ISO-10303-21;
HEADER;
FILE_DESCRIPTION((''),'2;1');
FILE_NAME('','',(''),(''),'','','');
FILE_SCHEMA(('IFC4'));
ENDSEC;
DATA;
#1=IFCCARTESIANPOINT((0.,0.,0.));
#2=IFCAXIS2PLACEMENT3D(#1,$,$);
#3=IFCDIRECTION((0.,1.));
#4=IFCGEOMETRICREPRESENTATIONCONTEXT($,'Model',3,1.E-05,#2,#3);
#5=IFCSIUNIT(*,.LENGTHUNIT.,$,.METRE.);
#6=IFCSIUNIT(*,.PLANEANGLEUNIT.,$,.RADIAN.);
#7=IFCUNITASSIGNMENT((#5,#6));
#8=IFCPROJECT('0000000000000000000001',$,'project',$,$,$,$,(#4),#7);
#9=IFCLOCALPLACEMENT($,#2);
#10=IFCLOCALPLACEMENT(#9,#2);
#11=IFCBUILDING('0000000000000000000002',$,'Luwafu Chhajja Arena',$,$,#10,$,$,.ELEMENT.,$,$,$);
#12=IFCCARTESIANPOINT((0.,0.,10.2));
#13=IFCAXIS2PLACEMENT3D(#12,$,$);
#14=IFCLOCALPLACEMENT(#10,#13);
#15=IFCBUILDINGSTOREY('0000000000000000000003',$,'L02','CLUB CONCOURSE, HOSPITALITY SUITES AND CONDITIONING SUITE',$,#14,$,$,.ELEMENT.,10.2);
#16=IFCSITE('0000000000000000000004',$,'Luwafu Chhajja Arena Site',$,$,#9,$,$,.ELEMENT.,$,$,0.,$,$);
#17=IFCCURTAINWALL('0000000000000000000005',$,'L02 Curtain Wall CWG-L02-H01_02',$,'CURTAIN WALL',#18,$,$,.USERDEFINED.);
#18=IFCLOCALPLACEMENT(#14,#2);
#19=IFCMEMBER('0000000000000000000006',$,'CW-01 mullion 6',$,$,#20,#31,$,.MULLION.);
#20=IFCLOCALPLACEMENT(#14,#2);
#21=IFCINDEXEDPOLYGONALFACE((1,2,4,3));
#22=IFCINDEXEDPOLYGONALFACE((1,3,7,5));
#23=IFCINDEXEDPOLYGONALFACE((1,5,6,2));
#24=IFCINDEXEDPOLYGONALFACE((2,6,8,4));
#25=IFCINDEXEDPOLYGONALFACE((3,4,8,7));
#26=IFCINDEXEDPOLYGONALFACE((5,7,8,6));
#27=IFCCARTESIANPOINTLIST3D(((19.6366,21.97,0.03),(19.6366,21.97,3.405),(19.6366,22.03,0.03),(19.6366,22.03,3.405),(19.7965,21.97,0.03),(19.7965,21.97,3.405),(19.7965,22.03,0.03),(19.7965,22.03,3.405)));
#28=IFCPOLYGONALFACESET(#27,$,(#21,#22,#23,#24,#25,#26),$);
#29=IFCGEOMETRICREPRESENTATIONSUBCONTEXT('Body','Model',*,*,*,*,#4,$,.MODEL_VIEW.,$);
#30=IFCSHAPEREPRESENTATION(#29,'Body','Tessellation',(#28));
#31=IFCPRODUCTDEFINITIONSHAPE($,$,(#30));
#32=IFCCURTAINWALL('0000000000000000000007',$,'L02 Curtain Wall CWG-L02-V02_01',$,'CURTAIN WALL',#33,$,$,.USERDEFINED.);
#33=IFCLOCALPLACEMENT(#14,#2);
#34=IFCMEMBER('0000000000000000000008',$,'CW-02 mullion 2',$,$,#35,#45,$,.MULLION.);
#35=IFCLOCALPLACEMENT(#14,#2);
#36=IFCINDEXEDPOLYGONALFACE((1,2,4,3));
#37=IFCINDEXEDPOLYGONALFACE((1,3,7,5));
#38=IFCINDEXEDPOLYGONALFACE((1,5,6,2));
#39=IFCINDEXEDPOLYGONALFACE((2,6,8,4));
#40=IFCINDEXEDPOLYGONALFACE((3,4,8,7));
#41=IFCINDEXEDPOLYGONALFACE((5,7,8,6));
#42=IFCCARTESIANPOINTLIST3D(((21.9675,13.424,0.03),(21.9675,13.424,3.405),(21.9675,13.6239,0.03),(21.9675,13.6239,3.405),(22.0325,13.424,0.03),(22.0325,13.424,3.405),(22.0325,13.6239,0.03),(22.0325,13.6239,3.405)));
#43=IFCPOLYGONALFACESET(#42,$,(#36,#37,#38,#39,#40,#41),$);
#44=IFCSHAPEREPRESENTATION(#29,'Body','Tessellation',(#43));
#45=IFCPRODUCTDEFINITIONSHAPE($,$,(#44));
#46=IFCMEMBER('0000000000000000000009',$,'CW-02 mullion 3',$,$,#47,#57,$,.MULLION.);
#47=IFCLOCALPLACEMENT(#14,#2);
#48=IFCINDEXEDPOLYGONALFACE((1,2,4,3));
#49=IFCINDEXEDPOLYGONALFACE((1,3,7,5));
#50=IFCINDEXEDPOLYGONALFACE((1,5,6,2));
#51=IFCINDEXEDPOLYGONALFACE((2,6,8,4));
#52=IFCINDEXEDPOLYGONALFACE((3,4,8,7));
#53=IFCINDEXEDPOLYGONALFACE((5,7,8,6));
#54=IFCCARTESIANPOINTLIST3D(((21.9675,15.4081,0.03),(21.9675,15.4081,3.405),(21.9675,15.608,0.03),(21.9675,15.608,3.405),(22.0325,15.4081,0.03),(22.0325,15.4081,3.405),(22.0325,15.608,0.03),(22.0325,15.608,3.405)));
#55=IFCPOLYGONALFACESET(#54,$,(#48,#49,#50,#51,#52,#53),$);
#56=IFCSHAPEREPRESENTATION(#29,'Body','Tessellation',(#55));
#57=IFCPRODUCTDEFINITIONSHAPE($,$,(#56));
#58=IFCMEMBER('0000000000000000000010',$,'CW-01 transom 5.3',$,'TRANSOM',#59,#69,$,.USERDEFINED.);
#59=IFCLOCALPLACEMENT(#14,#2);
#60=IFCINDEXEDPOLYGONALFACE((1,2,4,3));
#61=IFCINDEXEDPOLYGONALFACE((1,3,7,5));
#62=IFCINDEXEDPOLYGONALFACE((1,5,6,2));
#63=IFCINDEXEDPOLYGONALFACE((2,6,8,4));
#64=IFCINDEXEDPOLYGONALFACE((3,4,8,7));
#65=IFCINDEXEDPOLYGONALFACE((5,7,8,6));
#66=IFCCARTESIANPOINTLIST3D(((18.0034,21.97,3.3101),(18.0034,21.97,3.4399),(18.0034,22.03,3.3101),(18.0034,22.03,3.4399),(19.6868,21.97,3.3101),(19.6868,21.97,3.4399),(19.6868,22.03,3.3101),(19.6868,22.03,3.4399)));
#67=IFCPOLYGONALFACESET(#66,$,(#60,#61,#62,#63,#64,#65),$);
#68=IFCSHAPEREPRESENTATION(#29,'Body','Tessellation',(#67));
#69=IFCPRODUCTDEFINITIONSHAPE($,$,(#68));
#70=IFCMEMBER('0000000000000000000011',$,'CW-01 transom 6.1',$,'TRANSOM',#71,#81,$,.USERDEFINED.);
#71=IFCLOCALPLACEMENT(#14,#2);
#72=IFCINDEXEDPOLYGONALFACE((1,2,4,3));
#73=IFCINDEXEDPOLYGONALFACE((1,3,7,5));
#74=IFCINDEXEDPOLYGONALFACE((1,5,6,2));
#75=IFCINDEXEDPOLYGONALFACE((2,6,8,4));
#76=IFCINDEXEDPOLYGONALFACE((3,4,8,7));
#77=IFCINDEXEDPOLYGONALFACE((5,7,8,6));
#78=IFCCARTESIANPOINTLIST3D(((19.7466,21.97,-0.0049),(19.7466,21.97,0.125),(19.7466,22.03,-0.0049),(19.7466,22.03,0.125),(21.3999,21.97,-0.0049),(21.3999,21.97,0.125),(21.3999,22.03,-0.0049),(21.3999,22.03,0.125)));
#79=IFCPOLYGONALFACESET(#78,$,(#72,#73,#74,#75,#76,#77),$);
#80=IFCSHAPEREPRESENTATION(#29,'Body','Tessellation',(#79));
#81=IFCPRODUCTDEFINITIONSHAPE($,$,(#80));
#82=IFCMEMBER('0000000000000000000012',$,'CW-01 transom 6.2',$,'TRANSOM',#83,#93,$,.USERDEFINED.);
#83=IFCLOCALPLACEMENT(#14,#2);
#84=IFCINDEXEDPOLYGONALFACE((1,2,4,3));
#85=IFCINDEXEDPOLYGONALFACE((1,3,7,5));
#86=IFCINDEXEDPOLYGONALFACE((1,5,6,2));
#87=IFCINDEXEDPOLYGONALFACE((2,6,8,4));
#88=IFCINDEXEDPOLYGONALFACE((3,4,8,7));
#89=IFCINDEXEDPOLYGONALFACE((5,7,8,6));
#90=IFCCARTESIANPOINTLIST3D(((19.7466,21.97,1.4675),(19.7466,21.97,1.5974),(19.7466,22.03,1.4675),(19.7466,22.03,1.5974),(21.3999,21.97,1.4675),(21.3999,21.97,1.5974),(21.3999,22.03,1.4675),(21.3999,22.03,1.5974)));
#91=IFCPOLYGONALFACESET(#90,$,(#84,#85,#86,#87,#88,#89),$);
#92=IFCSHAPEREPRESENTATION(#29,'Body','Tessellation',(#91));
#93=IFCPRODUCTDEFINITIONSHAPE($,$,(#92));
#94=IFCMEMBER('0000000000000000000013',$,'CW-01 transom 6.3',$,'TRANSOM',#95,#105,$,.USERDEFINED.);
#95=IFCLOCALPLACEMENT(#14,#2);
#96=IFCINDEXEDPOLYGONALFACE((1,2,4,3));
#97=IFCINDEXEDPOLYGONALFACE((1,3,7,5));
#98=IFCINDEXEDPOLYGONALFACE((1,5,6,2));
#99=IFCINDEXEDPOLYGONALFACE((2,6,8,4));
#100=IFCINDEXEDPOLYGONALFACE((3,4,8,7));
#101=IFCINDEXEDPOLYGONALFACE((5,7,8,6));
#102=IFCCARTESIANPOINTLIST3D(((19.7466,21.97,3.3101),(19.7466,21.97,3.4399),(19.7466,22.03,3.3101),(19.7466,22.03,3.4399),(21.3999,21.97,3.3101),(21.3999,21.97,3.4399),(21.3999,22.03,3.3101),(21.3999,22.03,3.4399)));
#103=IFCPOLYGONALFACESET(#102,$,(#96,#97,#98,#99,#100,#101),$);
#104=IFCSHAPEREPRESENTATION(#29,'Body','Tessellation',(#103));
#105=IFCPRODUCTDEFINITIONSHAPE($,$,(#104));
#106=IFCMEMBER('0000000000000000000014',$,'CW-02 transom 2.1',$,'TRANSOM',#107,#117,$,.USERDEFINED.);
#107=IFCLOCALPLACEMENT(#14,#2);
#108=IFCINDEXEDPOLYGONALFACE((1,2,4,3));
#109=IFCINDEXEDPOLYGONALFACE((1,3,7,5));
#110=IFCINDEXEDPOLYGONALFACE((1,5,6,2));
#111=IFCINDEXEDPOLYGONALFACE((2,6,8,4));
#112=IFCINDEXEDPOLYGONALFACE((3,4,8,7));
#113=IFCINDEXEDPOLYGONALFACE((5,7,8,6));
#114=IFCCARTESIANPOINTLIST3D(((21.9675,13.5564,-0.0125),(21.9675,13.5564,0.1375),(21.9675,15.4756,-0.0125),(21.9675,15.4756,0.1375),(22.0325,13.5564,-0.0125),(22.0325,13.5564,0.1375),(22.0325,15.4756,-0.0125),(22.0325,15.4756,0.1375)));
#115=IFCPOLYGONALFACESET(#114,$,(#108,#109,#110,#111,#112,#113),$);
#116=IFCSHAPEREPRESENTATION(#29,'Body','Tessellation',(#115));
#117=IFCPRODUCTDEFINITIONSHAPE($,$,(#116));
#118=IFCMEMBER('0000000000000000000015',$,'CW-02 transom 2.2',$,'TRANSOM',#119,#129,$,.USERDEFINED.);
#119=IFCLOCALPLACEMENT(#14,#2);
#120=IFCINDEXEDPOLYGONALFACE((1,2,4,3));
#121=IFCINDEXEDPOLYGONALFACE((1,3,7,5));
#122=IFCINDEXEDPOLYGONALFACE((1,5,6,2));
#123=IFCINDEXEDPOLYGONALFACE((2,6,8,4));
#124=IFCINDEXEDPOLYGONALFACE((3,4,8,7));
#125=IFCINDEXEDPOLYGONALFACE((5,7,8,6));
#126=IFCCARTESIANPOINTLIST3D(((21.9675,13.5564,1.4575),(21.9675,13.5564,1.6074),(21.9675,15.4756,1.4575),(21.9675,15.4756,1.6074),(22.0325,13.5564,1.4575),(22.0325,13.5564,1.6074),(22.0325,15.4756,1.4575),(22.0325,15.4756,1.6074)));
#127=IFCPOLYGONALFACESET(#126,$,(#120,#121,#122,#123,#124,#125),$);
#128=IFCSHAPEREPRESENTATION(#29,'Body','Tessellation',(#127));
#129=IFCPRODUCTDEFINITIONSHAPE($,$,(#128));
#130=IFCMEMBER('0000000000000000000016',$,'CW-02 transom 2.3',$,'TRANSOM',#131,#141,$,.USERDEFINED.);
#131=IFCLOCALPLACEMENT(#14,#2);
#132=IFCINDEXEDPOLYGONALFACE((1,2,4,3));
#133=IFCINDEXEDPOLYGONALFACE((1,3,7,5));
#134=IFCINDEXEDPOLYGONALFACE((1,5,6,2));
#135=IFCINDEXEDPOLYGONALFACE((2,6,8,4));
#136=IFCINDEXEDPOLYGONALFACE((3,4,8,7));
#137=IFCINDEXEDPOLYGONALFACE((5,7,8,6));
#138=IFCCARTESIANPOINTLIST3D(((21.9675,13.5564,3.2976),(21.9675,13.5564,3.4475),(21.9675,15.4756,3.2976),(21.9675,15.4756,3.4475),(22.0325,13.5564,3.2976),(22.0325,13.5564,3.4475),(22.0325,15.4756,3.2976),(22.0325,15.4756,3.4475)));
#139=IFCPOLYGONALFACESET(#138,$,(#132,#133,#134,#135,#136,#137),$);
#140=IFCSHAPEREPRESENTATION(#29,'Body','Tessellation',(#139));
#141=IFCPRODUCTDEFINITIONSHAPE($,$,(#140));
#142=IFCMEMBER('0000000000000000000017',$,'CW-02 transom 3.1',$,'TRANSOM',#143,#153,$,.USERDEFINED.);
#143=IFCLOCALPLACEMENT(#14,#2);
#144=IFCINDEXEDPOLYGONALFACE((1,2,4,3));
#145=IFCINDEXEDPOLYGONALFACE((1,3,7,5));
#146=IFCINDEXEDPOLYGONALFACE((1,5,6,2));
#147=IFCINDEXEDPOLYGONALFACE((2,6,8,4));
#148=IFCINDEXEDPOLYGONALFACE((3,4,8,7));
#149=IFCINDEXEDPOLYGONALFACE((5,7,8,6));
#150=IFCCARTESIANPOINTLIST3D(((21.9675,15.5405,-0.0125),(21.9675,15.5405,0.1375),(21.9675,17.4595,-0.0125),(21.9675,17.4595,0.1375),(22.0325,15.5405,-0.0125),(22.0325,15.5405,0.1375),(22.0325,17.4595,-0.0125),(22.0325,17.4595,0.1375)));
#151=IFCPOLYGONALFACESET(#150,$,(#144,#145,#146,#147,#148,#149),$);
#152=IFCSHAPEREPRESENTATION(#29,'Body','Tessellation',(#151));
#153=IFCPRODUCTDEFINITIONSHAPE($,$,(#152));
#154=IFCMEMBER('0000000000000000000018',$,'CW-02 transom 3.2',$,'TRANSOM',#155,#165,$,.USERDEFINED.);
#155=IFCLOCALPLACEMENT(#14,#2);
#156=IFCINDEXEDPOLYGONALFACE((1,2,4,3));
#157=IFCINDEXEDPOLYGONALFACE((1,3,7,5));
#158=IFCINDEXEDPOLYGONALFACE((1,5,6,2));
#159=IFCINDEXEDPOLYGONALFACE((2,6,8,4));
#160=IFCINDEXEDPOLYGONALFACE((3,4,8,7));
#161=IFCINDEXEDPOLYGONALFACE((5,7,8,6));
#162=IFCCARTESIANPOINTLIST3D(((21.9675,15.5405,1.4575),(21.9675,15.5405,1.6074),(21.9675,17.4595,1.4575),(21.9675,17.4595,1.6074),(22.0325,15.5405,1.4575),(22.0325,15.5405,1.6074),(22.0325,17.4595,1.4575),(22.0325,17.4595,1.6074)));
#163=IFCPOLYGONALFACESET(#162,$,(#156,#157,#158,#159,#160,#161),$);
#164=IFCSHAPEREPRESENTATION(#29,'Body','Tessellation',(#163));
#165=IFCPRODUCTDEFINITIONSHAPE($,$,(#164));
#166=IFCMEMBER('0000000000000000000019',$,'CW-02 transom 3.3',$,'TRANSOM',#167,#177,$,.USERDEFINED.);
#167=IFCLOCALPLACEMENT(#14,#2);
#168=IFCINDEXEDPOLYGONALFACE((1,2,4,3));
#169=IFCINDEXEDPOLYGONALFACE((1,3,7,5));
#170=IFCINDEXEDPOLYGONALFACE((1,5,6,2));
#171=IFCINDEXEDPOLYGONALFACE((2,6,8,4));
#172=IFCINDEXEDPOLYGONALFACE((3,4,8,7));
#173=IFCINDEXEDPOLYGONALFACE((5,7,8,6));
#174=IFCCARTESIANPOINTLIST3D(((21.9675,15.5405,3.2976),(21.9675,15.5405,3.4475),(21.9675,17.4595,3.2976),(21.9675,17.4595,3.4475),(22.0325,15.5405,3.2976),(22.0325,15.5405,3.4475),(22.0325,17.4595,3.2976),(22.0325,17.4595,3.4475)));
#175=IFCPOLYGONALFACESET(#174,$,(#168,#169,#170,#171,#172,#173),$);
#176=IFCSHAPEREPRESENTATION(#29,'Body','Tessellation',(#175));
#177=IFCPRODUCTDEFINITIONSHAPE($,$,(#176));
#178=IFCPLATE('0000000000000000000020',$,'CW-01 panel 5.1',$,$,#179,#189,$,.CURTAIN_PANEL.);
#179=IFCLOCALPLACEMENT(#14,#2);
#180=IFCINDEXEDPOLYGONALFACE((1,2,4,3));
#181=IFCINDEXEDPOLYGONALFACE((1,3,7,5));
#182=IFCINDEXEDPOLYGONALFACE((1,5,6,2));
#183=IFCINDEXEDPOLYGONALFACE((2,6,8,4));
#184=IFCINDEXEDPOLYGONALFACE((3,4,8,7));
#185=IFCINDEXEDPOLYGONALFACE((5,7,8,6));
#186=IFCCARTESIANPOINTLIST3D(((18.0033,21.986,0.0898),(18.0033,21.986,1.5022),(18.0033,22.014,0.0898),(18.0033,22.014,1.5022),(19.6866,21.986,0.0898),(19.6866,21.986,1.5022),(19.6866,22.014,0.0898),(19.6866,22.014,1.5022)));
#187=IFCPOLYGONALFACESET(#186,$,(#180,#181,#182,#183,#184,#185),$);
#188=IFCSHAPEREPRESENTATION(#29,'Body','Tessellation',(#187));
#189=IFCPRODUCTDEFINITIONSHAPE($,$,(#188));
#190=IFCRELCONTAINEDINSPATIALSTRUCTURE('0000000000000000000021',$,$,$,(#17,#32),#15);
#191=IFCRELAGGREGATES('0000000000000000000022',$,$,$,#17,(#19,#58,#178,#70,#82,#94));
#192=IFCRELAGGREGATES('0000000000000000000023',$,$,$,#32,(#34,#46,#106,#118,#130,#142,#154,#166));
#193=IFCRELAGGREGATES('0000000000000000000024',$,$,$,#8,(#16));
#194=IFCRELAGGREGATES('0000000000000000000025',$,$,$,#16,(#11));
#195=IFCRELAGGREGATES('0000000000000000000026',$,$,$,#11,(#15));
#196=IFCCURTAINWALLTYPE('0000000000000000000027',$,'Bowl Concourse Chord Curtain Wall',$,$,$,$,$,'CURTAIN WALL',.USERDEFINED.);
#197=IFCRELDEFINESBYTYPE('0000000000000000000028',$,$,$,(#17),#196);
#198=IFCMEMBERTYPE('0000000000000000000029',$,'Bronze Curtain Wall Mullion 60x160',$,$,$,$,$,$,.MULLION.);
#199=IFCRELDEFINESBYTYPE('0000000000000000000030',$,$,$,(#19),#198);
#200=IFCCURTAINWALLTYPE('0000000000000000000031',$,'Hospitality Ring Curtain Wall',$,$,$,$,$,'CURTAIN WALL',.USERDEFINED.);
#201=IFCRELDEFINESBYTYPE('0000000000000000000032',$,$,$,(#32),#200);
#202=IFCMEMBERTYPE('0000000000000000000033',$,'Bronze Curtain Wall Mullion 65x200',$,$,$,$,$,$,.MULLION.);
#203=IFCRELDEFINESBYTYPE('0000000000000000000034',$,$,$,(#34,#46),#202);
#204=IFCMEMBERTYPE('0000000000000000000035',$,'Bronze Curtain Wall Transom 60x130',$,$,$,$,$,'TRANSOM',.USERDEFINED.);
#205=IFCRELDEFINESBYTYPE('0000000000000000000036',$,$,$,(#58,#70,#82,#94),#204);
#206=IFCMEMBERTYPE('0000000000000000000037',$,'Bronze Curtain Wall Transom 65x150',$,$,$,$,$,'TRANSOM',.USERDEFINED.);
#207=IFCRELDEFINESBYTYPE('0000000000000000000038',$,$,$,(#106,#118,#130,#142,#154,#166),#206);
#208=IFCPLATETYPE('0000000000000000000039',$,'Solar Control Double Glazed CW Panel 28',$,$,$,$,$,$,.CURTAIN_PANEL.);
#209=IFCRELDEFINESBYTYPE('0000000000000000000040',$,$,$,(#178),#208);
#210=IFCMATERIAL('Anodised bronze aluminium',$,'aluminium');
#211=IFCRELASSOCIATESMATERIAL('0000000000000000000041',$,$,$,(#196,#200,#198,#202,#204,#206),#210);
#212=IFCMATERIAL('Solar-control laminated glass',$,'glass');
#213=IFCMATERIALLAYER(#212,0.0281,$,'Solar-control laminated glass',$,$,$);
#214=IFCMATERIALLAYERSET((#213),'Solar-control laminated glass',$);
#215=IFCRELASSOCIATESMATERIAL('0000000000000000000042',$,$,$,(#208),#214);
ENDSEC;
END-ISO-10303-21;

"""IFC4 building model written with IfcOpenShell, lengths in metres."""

from ifc_helpers import new_model, si_unit, direction, frame, origin, origin_2d, place, context, subcontext, project, spatial, rectangle, extrude, material, layer, layer_set, material_profile, profile_set, type_object, element, aggregate, save


model = new_model("IFC4")

# Units and contexts
model_context = context("Model", 3, precision=1e-05, world=origin(), true_north=direction((0.0, 1.0)))
body_context = subcontext(model_context, "Body", "Model", "MODEL_VIEW")
ifc_project = project(units=[si_unit("LENGTHUNIT", "METRE"), si_unit("PLANEANGLEUNIT", "RADIAN")], contexts=[model_context])

# Site, building, storey
site_placement = place(None, origin())
site = spatial("IfcSite", under=ifc_project, at=site_placement, Name="Luwafu Chhajja Arena Site", CompositionType="ELEMENT", RefElevation=0.0)
building_placement = place(site_placement, origin())
building = spatial("IfcBuilding", under=site, at=building_placement, Name="Luwafu Chhajja Arena", CompositionType="ELEMENT")
storey_placement = place(building_placement, frame((0.0, 0.0, 10.2)))
storey = spatial("IfcBuildingStorey", under=building, at=storey_placement, Name="L02", Description="CLUB CONCOURSE, HOSPITALITY SUITES AND CONDITIONING SUITE", CompositionType="ELEMENT", Elevation=10.2)

# Curtain wall, member
ifc_material_1 = material(Name="Anodised bronze aluminium", Category="aluminium")
curtain_wall_type_1 = type_object("IfcCurtainWallType", Name="Bowl Concourse Chord Curtain Wall", ElementType="CURTAIN WALL", PredefinedType="USERDEFINED", material=ifc_material_1)
curtain_wall_1_placement = place(storey_placement, origin())
curtain_wall_1 = element("IfcCurtainWall", 1, at=curtain_wall_1_placement, inside=storey, type_object=curtain_wall_type_1, Name="L02 Curtain Wall CWG-L02-H01_02", ObjectType="CURTAIN WALL", PredefinedType="USERDEFINED")
ifc_material_profile_1 = material_profile(ifc_material_1, rectangle(XDim=0.0601, YDim=0.1599, at=origin_2d()), Name="CWM 60x160")
ifc_profile_set_1 = profile_set([ifc_material_profile_1], Name="Anodised bronze aluminium")
member_type_1 = type_object("IfcMemberType", Name="Bronze Curtain Wall Mullion 60x160", PredefinedType="MULLION", material=ifc_profile_set_1)
member_1_placement = place(storey_placement, frame((19.7166, 22.0, 0.03), z_axis=(0.0, 0.0, 1.0), x_axis=(0.0, 1.0, 0.0)))
member_1 = element("IfcMember", 2, at=member_1_placement, type_object=member_type_1, Name="CW-01 mullion 6", PredefinedType="MULLION", context=body_context, shape_type="SweptSolid", body=[
    extrude(rectangle(XDim=0.0601, YDim=0.1599, at=origin_2d()), origin(), (0.0, 0.0, 1.0), 3.375),
])

# Curtain wall, members
curtain_wall_type_2 = type_object("IfcCurtainWallType", Name="Hospitality Ring Curtain Wall", ElementType="CURTAIN WALL", PredefinedType="USERDEFINED", material=ifc_material_1)
curtain_wall_2_placement = place(storey_placement, origin())
curtain_wall_2 = element("IfcCurtainWall", 3, at=curtain_wall_2_placement, inside=storey, type_object=curtain_wall_type_2, Name="L02 Curtain Wall CWG-L02-V02_01", ObjectType="CURTAIN WALL", PredefinedType="USERDEFINED")
ifc_material_profile_2 = material_profile(ifc_material_1, rectangle(XDim=0.0649, YDim=0.2, at=origin_2d()), Name="CWM 65x200")
ifc_profile_set_2 = profile_set([ifc_material_profile_2], Name="Anodised bronze aluminium")
member_type_2 = type_object("IfcMemberType", Name="Bronze Curtain Wall Mullion 65x200", PredefinedType="MULLION", material=ifc_profile_set_2)
member_2_placement = place(storey_placement, frame((22.0, 13.5239, 0.03), z_axis=(0.0, 0.0, 1.0), x_axis=(-1.0, 0.0, 0.0)))
member_2 = element("IfcMember", 4, at=member_2_placement, type_object=member_type_2, Name="CW-02 mullion 2", PredefinedType="MULLION", context=body_context, shape_type="SweptSolid", body=[
    extrude(rectangle(XDim=0.0649, YDim=0.2, at=origin_2d()), origin(), (0.0, 0.0, 1.0), 3.375),
])
member_3_placement = place(storey_placement, frame((22.0, 15.5081, 0.03), z_axis=(0.0, 0.0, 1.0), x_axis=(-1.0, 0.0, 0.0)))
member_3 = element("IfcMember", 5, at=member_3_placement, type_object=member_type_2, Name="CW-02 mullion 3", PredefinedType="MULLION", context=body_context, shape_type="SweptSolid", body=[
    extrude(rectangle(XDim=0.0649, YDim=0.2, at=origin_2d()), origin(), (0.0, 0.0, 1.0), 3.375),
])

# Members
ifc_material_profile_3 = material_profile(ifc_material_1, rectangle(XDim=0.0601, YDim=0.1299, at=origin_2d()), Name="CWT 60x130")
ifc_profile_set_3 = profile_set([ifc_material_profile_3], Name="Anodised bronze aluminium")
member_type_3 = type_object("IfcMemberType", Name="Bronze Curtain Wall Transom 60x130", ElementType="TRANSOM", PredefinedType="USERDEFINED", material=ifc_profile_set_3)
member_4_placement = place(storey_placement, frame((18.0034, 22.0, 3.375), z_axis=(1.0, 0.0, 0.0), x_axis=(0.0, 1.0, 0.0)))
member_4 = element("IfcMember", 6, at=member_4_placement, type_object=member_type_3, Name="CW-01 transom 5.3", ObjectType="TRANSOM", PredefinedType="USERDEFINED", context=body_context, shape_type="SweptSolid", body=[
    extrude(rectangle(XDim=0.0601, YDim=0.1299, at=origin_2d()), origin(), (0.0, 0.0, 1.0), 1.6833),
])
member_5_placement = place(storey_placement, frame((19.7466, 22.0, 0.0601), z_axis=(1.0, 0.0, 0.0), x_axis=(0.0, 1.0, 0.0)))
member_5 = element("IfcMember", 7, at=member_5_placement, type_object=member_type_3, Name="CW-01 transom 6.1", ObjectType="TRANSOM", PredefinedType="USERDEFINED", context=body_context, shape_type="SweptSolid", body=[
    extrude(rectangle(XDim=0.0601, YDim=0.1299, at=origin_2d()), origin(), (0.0, 0.0, 1.0), 1.6533),
])
member_6_placement = place(storey_placement, frame((19.7466, 22.0, 1.5325), z_axis=(1.0, 0.0, 0.0), x_axis=(0.0, 1.0, 0.0)))
member_6 = element("IfcMember", 8, at=member_6_placement, type_object=member_type_3, Name="CW-01 transom 6.2", ObjectType="TRANSOM", PredefinedType="USERDEFINED", context=body_context, shape_type="SweptSolid", body=[
    extrude(rectangle(XDim=0.0601, YDim=0.1299, at=origin_2d()), origin(), (0.0, 0.0, 1.0), 1.6533),
])
member_7_placement = place(storey_placement, frame((19.7466, 22.0, 3.375), z_axis=(1.0, 0.0, 0.0), x_axis=(0.0, 1.0, 0.0)))
member_7 = element("IfcMember", 9, at=member_7_placement, type_object=member_type_3, Name="CW-01 transom 6.3", ObjectType="TRANSOM", PredefinedType="USERDEFINED", context=body_context, shape_type="SweptSolid", body=[
    extrude(rectangle(XDim=0.0601, YDim=0.1299, at=origin_2d()), origin(), (0.0, 0.0, 1.0), 1.6533),
])
ifc_material_profile_4 = material_profile(ifc_material_1, rectangle(XDim=0.0649, YDim=0.1499, at=origin_2d()), Name="CWT 65x150")
ifc_profile_set_4 = profile_set([ifc_material_profile_4], Name="Anodised bronze aluminium")
member_type_4 = type_object("IfcMemberType", Name="Bronze Curtain Wall Transom 65x150", ElementType="TRANSOM", PredefinedType="USERDEFINED", material=ifc_profile_set_4)
member_8_placement = place(storey_placement, frame((22.0, 13.5564, 0.0625), z_axis=(0.0, 1.0, 0.0), x_axis=(-1.0, 0.0, 0.0)))
member_8 = element("IfcMember", 10, at=member_8_placement, type_object=member_type_4, Name="CW-02 transom 2.1", ObjectType="TRANSOM", PredefinedType="USERDEFINED", context=body_context, shape_type="SweptSolid", body=[
    extrude(rectangle(XDim=0.0649, YDim=0.1499, at=origin_2d()), origin(), (0.0, 0.0, 1.0), 1.9192),
])
member_9_placement = place(storey_placement, frame((22.0, 13.5564, 1.5325), z_axis=(0.0, 1.0, 0.0), x_axis=(-1.0, 0.0, 0.0)))
member_9 = element("IfcMember", 11, at=member_9_placement, type_object=member_type_4, Name="CW-02 transom 2.2", ObjectType="TRANSOM", PredefinedType="USERDEFINED", context=body_context, shape_type="SweptSolid", body=[
    extrude(rectangle(XDim=0.0649, YDim=0.1499, at=origin_2d()), origin(), (0.0, 0.0, 1.0), 1.9192),
])
member_10_placement = place(storey_placement, frame((22.0, 13.5564, 3.3726), z_axis=(0.0, 1.0, 0.0), x_axis=(-1.0, 0.0, 0.0)))
member_10 = element("IfcMember", 12, at=member_10_placement, type_object=member_type_4, Name="CW-02 transom 2.3", ObjectType="TRANSOM", PredefinedType="USERDEFINED", context=body_context, shape_type="SweptSolid", body=[
    extrude(rectangle(XDim=0.0649, YDim=0.1499, at=origin_2d()), origin(), (0.0, 0.0, 1.0), 1.9192),
])
member_11_placement = place(storey_placement, frame((22.0, 15.5405, 0.0625), z_axis=(0.0, 1.0, 0.0), x_axis=(-1.0, 0.0, 0.0)))
member_11 = element("IfcMember", 13, at=member_11_placement, type_object=member_type_4, Name="CW-02 transom 3.1", ObjectType="TRANSOM", PredefinedType="USERDEFINED", context=body_context, shape_type="SweptSolid", body=[
    extrude(rectangle(XDim=0.0649, YDim=0.1499, at=origin_2d()), origin(), (0.0, 0.0, 1.0), 1.9189),
])
member_12_placement = place(storey_placement, frame((22.0, 15.5405, 1.5325), z_axis=(0.0, 1.0, 0.0), x_axis=(-1.0, 0.0, 0.0)))
member_12 = element("IfcMember", 14, at=member_12_placement, type_object=member_type_4, Name="CW-02 transom 3.2", ObjectType="TRANSOM", PredefinedType="USERDEFINED", context=body_context, shape_type="SweptSolid", body=[
    extrude(rectangle(XDim=0.0649, YDim=0.1499, at=origin_2d()), origin(), (0.0, 0.0, 1.0), 1.9189),
])
member_13_placement = place(storey_placement, frame((22.0, 15.5405, 3.3726), z_axis=(0.0, 1.0, 0.0), x_axis=(-1.0, 0.0, 0.0)))
member_13 = element("IfcMember", 15, at=member_13_placement, type_object=member_type_4, Name="CW-02 transom 3.3", ObjectType="TRANSOM", PredefinedType="USERDEFINED", context=body_context, shape_type="SweptSolid", body=[
    extrude(rectangle(XDim=0.0649, YDim=0.1499, at=origin_2d()), origin(), (0.0, 0.0, 1.0), 1.9189),
])

# Plate
ifc_material_2 = material(Name="Solar-control laminated glass", Category="glass")
ifc_layer_1 = layer(ifc_material_2, 0.0281, Name="Solar-control laminated glass")
ifc_layer_set_1 = layer_set([ifc_layer_1], Name="Solar-control laminated glass")
plate_type = type_object("IfcPlateType", Name="Solar Control Double Glazed CW Panel 28", PredefinedType="CURTAIN_PANEL", material=ifc_layer_set_1)
plate_1_placement = place(storey_placement, frame((18.845, 22.0, 0.0898), z_axis=(0.0, 0.0, 1.0), x_axis=(1.0, 0.0, 0.0)))
plate_1 = element("IfcPlate", 16, at=plate_1_placement, type_object=plate_type, Name="CW-01 panel 5.1", PredefinedType="CURTAIN_PANEL", context=body_context, shape_type="SweptSolid", body=[
    extrude(rectangle(XDim=1.6833, YDim=0.0281, at=origin_2d()), origin(), (0.0, 0.0, 1.0), 1.4124),
])
aggregate(curtain_wall_1, [member_1, member_4, plate_1, member_5, member_6, member_7])
aggregate(curtain_wall_2, [member_2, member_3, member_8, member_9, member_10, member_11, member_12, member_13])

save(model, "model.ifc")
